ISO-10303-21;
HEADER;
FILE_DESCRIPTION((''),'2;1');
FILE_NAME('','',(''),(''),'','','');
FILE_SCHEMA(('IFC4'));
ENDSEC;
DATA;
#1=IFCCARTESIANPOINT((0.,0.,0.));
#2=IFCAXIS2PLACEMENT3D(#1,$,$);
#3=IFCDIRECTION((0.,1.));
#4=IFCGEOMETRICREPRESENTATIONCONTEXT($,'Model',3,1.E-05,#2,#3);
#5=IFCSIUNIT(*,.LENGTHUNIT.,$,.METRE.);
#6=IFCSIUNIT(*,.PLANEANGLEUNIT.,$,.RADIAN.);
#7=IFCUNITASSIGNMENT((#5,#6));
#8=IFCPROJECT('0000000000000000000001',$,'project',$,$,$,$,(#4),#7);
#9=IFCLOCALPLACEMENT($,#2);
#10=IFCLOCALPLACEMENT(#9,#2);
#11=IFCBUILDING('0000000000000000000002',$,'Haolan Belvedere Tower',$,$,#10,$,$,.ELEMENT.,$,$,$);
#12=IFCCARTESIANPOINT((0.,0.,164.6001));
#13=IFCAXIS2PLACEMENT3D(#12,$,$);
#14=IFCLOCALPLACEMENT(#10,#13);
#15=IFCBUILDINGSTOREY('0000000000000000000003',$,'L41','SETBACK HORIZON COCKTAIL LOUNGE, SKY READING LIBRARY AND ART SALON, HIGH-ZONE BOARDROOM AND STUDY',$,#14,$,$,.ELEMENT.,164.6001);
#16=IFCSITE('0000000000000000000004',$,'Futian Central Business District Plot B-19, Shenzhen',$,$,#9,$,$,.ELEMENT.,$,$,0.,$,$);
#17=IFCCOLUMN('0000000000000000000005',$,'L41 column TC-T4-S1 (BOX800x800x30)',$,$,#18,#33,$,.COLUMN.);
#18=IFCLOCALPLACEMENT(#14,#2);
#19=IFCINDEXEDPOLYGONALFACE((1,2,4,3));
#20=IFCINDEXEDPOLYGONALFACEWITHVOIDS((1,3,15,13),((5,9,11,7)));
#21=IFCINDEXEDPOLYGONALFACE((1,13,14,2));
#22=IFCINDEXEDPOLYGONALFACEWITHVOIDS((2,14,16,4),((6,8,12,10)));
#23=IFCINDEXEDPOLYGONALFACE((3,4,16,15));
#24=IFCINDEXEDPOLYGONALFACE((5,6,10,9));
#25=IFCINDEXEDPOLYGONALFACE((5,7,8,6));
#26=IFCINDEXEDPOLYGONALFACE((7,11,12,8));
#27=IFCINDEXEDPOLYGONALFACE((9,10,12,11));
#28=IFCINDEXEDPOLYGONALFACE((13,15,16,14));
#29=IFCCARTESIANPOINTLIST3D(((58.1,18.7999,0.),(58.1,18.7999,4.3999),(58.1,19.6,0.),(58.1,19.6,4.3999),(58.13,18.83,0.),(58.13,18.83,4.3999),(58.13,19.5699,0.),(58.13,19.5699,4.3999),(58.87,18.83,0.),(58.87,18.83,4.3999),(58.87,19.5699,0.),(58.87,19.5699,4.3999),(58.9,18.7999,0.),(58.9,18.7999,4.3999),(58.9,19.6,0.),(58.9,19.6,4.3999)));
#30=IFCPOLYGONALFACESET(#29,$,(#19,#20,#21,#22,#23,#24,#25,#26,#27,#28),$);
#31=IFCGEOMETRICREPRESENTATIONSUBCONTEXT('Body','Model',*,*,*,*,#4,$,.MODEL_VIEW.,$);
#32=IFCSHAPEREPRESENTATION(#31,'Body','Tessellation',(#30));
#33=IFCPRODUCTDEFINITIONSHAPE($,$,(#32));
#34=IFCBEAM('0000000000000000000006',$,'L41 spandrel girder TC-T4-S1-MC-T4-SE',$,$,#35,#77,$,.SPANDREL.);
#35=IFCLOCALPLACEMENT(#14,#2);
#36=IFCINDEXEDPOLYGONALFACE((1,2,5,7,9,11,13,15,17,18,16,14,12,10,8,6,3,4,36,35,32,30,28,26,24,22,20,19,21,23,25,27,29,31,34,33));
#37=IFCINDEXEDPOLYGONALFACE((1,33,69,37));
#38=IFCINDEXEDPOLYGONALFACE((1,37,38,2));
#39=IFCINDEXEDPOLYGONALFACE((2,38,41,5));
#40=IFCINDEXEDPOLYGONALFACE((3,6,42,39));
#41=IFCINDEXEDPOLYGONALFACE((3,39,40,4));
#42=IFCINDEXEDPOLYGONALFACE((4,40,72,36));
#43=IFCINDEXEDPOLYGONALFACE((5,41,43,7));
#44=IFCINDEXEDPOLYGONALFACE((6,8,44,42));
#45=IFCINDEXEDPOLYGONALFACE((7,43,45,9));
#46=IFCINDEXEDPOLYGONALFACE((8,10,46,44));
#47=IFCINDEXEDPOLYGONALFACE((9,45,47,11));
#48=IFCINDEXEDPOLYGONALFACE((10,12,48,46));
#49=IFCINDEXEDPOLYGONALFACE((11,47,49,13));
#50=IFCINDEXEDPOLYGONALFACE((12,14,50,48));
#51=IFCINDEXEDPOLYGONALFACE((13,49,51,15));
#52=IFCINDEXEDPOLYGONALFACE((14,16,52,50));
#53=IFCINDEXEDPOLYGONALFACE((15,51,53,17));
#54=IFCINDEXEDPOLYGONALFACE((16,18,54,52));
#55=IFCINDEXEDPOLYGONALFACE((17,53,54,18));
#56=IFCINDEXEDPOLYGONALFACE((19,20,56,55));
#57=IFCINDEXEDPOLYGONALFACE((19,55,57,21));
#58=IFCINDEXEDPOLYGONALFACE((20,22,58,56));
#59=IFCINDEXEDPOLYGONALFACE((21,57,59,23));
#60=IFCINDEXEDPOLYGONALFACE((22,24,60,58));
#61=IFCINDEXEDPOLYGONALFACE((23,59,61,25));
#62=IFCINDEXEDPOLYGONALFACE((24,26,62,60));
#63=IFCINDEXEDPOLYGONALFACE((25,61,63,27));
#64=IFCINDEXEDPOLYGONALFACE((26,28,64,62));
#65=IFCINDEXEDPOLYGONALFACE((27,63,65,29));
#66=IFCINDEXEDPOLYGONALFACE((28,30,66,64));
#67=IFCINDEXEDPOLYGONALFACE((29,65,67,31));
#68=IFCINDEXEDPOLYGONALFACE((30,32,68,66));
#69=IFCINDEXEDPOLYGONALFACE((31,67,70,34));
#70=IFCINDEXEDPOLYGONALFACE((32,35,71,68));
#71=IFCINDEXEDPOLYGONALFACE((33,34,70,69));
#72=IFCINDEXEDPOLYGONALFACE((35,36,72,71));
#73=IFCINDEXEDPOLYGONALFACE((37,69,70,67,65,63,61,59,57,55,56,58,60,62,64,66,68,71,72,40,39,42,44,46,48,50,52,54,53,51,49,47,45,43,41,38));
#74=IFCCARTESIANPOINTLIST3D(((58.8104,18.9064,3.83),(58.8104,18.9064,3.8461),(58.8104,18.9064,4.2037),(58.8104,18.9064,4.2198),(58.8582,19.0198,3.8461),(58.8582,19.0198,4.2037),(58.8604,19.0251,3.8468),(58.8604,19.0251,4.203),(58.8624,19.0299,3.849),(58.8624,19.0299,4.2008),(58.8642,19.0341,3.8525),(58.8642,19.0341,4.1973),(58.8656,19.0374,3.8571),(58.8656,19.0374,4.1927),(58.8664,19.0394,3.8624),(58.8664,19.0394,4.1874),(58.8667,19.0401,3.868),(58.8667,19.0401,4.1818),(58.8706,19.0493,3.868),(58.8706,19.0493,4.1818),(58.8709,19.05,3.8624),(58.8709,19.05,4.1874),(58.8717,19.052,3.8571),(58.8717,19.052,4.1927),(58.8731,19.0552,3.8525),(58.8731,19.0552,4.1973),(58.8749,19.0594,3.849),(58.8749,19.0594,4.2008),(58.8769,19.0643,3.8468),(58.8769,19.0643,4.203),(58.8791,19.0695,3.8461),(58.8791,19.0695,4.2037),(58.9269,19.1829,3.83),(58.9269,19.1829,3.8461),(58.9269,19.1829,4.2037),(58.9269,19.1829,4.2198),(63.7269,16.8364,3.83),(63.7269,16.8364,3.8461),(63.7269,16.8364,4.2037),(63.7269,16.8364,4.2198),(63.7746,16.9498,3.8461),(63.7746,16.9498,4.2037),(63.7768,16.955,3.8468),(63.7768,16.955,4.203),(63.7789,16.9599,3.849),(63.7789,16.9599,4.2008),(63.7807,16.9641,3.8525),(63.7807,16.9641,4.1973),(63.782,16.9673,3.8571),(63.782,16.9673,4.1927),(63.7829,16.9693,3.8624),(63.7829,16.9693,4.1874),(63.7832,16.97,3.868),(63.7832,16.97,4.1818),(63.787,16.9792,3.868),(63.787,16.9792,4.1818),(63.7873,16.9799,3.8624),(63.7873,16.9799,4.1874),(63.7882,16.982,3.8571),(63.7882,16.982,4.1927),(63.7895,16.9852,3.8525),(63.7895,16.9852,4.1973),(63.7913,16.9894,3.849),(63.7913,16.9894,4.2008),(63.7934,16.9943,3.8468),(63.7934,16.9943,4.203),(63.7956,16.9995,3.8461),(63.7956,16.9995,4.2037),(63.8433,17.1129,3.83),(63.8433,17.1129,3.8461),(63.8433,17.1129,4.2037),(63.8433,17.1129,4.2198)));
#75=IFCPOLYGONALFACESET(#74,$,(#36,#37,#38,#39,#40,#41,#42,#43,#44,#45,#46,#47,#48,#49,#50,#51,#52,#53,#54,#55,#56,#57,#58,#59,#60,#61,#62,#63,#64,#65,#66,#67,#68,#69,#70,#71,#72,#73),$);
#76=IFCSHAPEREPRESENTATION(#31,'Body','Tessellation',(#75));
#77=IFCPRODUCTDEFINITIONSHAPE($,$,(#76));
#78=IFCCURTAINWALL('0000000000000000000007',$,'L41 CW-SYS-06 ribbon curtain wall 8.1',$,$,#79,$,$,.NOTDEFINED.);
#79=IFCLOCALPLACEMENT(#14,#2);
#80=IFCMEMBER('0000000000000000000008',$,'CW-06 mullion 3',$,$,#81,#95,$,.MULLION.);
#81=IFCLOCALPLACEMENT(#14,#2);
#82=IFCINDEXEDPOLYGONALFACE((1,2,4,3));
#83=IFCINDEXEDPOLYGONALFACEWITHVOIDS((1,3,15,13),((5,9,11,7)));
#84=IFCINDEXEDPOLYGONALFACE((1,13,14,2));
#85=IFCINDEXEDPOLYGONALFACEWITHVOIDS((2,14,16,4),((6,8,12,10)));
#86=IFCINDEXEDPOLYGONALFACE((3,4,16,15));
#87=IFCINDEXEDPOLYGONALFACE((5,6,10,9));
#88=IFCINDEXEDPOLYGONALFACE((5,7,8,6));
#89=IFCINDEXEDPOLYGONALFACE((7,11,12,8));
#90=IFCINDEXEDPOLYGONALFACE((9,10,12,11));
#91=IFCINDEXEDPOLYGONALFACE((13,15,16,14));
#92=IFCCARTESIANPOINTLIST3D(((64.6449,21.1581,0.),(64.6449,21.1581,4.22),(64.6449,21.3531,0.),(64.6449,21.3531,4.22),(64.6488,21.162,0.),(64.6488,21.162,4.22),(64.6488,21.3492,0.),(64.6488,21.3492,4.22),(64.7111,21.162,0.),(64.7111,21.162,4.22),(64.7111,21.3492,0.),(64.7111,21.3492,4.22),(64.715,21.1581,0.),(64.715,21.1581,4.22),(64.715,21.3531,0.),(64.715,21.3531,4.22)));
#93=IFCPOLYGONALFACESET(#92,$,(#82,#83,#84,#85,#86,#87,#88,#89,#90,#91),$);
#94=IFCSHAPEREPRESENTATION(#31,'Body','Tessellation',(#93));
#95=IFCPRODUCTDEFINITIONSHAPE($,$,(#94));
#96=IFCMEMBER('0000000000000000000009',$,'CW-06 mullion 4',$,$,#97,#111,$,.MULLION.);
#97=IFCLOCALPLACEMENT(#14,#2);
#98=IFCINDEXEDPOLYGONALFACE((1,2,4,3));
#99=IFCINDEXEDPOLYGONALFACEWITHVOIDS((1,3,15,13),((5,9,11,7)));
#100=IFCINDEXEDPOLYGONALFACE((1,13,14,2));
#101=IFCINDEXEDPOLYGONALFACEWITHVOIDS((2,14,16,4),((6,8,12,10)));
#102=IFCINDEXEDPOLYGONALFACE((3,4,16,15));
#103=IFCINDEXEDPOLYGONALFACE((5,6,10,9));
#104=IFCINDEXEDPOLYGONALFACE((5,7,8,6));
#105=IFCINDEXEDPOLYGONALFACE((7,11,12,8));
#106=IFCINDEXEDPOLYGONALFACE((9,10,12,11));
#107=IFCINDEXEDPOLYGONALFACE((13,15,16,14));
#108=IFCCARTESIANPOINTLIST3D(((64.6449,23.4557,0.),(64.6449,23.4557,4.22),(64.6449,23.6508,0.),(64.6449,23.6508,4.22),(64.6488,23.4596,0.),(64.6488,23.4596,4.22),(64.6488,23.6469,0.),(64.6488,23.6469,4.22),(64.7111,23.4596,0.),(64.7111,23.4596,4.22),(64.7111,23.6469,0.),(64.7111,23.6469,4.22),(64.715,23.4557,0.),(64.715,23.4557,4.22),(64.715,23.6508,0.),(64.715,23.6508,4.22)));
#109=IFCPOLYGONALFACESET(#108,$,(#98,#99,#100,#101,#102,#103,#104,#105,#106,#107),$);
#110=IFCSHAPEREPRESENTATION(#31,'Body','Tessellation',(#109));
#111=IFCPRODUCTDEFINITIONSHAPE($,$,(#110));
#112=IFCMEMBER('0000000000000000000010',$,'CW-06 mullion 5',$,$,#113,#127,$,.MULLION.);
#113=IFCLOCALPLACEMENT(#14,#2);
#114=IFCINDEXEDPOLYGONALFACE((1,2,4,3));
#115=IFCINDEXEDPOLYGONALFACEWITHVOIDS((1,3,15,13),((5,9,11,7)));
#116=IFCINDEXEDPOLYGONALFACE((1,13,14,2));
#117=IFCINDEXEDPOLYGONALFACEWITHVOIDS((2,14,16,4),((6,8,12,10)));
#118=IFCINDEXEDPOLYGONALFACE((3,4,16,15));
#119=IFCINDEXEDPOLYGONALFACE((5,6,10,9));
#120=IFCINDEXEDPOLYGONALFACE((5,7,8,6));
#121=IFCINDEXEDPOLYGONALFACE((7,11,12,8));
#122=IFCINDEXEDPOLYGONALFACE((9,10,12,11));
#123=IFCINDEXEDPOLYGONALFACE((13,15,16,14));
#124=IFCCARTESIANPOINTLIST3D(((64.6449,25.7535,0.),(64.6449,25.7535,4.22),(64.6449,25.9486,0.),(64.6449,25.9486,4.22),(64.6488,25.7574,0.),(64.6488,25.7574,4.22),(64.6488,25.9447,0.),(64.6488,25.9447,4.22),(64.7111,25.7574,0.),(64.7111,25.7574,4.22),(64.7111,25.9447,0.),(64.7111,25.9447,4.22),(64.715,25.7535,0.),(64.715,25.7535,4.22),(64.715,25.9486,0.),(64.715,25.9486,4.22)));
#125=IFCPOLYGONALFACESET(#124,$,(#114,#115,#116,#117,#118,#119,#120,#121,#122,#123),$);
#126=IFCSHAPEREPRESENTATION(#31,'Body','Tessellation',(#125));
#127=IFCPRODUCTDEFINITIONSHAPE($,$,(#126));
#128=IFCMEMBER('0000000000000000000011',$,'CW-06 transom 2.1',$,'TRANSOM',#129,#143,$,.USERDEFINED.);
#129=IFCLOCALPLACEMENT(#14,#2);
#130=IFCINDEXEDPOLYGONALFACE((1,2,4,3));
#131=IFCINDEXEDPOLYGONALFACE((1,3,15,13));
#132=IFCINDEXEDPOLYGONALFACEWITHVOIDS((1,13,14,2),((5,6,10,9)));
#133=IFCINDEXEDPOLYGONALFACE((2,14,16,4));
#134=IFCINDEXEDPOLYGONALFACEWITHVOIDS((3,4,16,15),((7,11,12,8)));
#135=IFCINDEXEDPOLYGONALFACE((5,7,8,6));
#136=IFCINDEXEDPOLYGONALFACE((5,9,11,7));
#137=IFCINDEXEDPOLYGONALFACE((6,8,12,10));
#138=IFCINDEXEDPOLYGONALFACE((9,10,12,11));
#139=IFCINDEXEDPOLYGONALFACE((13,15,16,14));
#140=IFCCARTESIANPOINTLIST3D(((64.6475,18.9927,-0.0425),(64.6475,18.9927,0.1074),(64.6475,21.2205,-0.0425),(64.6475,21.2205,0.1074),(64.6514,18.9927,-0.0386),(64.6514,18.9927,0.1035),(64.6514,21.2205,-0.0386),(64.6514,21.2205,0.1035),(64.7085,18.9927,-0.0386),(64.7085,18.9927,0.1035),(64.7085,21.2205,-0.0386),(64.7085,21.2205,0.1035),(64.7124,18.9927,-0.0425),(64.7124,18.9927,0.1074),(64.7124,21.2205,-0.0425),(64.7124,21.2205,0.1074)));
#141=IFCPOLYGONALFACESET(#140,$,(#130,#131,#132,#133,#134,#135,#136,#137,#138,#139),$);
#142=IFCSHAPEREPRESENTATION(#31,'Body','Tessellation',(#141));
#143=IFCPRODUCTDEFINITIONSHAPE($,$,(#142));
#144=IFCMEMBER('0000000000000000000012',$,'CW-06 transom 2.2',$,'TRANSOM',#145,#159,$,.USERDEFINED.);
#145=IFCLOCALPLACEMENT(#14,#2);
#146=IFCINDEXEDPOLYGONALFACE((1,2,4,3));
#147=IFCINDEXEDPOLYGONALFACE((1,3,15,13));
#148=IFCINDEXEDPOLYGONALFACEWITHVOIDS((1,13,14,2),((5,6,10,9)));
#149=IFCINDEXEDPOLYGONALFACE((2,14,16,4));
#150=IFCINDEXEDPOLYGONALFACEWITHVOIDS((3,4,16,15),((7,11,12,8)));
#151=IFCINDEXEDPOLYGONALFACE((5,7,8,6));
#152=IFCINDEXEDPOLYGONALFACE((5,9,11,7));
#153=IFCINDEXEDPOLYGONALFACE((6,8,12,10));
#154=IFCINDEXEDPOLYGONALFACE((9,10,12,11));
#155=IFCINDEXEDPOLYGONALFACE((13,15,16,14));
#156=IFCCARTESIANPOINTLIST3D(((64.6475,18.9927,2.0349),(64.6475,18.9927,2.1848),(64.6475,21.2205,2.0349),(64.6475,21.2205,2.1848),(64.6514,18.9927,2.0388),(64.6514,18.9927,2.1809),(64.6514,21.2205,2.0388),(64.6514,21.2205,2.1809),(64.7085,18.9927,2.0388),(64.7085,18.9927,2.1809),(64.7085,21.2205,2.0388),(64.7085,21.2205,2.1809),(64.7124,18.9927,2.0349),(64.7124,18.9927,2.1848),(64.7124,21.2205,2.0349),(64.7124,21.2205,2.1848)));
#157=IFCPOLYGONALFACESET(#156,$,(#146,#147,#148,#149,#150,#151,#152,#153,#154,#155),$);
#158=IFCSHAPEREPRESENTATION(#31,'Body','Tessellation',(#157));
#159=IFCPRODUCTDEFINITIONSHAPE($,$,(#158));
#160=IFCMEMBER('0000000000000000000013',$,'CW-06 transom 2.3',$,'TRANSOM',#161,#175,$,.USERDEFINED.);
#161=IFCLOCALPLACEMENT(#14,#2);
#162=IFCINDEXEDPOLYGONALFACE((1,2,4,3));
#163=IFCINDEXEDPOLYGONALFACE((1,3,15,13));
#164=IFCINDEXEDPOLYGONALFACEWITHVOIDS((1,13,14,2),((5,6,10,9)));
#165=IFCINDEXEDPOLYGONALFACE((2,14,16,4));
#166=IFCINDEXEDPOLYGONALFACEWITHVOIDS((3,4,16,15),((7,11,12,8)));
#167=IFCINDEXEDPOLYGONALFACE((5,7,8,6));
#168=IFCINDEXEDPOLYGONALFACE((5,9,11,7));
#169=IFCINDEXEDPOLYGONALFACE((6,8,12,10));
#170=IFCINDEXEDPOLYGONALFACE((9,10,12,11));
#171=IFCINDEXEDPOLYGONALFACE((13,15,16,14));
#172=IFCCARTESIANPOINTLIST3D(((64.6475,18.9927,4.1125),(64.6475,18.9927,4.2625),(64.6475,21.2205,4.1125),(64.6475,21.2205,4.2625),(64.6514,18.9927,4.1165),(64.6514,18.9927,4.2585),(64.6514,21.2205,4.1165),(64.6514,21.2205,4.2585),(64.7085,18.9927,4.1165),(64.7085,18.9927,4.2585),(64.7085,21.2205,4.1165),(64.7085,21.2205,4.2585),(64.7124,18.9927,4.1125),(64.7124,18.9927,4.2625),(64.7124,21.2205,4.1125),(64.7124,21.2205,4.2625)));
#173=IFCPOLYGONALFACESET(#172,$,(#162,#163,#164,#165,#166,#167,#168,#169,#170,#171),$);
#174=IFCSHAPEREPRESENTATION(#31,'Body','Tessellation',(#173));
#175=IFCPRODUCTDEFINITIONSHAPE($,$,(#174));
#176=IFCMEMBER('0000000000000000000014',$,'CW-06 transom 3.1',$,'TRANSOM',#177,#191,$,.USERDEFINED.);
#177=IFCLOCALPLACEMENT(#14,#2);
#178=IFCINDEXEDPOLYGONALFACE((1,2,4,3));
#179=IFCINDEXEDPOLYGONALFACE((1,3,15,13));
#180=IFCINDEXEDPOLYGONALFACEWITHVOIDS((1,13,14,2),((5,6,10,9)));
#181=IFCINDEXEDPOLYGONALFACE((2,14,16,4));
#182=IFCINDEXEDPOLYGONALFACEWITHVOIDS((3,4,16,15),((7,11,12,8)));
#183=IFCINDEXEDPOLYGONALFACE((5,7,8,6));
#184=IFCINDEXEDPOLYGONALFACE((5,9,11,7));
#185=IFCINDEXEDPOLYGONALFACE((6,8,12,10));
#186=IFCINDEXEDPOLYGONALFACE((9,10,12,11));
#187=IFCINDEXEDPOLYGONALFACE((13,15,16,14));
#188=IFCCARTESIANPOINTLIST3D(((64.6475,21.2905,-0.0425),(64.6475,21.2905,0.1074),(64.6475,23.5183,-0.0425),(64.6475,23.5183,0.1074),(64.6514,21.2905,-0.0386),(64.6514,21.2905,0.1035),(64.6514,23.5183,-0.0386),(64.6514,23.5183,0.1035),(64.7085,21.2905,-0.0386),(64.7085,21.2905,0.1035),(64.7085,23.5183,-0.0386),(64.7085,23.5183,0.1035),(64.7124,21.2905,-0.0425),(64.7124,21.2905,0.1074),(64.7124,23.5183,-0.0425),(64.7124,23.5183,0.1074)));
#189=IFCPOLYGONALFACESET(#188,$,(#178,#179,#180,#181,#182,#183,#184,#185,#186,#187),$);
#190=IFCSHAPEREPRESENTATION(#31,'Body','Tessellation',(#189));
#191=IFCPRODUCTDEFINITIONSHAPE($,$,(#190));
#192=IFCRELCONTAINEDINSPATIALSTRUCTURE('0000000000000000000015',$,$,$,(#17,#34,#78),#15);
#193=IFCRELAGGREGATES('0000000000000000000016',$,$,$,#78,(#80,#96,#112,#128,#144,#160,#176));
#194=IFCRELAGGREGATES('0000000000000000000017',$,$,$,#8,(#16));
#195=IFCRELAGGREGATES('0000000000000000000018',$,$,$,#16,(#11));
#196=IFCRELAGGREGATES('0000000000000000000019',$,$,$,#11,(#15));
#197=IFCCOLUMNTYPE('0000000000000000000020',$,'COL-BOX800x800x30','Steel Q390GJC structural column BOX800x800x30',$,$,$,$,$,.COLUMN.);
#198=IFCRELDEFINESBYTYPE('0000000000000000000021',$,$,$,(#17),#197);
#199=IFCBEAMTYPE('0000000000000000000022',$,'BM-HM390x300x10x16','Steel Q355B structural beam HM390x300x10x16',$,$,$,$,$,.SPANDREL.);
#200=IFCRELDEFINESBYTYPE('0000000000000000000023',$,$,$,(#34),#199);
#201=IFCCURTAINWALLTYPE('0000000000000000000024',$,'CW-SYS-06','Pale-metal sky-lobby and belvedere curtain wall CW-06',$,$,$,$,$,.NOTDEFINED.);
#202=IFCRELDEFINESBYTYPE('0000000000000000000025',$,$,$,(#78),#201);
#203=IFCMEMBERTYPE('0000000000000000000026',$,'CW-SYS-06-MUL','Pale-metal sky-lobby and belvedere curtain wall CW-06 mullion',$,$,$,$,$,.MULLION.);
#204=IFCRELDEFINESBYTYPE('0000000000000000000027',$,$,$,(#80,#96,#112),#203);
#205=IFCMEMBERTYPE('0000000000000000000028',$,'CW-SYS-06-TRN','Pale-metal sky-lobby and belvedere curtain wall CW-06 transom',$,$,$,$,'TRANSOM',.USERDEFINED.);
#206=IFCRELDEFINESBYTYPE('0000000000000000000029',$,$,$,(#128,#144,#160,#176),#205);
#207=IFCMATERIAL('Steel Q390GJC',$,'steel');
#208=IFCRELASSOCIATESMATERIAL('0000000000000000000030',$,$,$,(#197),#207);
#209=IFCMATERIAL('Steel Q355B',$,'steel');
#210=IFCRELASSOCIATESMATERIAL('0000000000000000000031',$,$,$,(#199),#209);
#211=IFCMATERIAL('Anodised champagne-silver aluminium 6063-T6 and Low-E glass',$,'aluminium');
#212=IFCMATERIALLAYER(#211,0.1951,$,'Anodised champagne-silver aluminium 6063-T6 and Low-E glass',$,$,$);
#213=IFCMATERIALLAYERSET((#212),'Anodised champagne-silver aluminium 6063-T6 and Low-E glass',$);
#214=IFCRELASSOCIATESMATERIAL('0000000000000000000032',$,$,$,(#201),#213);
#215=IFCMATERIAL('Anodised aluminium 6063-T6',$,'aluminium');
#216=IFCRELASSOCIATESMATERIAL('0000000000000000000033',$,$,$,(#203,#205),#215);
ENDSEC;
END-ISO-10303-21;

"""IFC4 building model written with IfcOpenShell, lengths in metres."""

from ifc_helpers import new_model, si_unit, direction, frame, origin, origin_2d, place, context, subcontext, project, spatial, hollow_rectangle, i_section, extrude, material, layer, layer_set, material_profile, profile_set, type_object, element, aggregate, save


model = new_model("IFC4")

# Units and contexts
model_context = context("Model", 3, precision=1e-05, world=origin(), true_north=direction((0.0, 1.0)))
body_context = subcontext(model_context, "Body", "Model", "MODEL_VIEW")
ifc_project = project(units=[si_unit("LENGTHUNIT", "METRE"), si_unit("PLANEANGLEUNIT", "RADIAN")], contexts=[model_context])

# Site, building, storey
site_placement = place(None, origin())
site = spatial("IfcSite", under=ifc_project, at=site_placement, Name="Futian Central Business District Plot B-19, Shenzhen", CompositionType="ELEMENT", RefElevation=0.0)
building_placement = place(site_placement, origin())
building = spatial("IfcBuilding", under=site, at=building_placement, Name="Haolan Belvedere Tower", CompositionType="ELEMENT")
storey_placement = place(building_placement, frame((0.0, 0.0, 164.6001)))
storey = spatial("IfcBuildingStorey", under=building, at=storey_placement, Name="L41", Description="SETBACK HORIZON COCKTAIL LOUNGE, SKY READING LIBRARY AND ART SALON, HIGH-ZONE BOARDROOM AND STUDY", CompositionType="ELEMENT", Elevation=164.6001)

# Column
ifc_material_1 = material(Name="Steel Q390GJC", Category="steel")
ifc_material_profile_1 = material_profile(ifc_material_1, hollow_rectangle(XDim=0.8, YDim=0.8, WallThickness=0.03, at=origin_2d()), Name="Steel Q390GJC")
ifc_profile_set_1 = profile_set([ifc_material_profile_1], Name="Steel Q390GJC")
column_type = type_object("IfcColumnType", Name="COL-BOX800x800x30", Description="Steel Q390GJC structural column BOX800x800x30", PredefinedType="COLUMN", material=ifc_profile_set_1)
column_placement = place(storey_placement, frame((58.5, 19.2, 0.0), z_axis=(0.0, 0.0, 1.0), x_axis=(1.0, 0.0, 0.0)))
element("IfcColumn", 1, at=column_placement, inside=storey, type_object=column_type, Name="L41 column TC-T4-S1 (BOX800x800x30)", PredefinedType="COLUMN", context=body_context, shape_type="SweptSolid", body=[
    extrude(hollow_rectangle(XDim=0.8, YDim=0.8, WallThickness=0.03, at=origin_2d()), origin(), (0.0, 0.0, 1.0), 4.3999),
])

# Beam
ifc_material_2 = material(Name="Steel Q355B", Category="steel")
ifc_material_profile_2 = material_profile(ifc_material_2, i_section(OverallWidth=0.3, OverallDepth=0.3899, WebThickness=0.01, FlangeThickness=0.0161, FilletRadius=0.022, at=origin_2d()), Name="Steel Q355B")
ifc_profile_set_2 = profile_set([ifc_material_profile_2], Name="Steel Q355B")
beam_type = type_object("IfcBeamType", Name="BM-HM390x300x10x16", Description="Steel Q355B structural beam HM390x300x10x16", PredefinedType="SPANDREL", material=ifc_profile_set_2)
beam_placement = place(storey_placement, frame((58.8687, 19.0447, 4.0249), z_axis=(0.921638, -0.388051, 0.0), x_axis=(0.388051, 0.921638, 0.0)))
element("IfcBeam", 2, at=beam_placement, inside=storey, type_object=beam_type, Name="L41 spandrel girder TC-T4-S1-MC-T4-SE", PredefinedType="SPANDREL", context=body_context, shape_type="SweptSolid", body=[
    extrude(i_section(OverallWidth=0.3, OverallDepth=0.3899, WebThickness=0.01, FlangeThickness=0.0161, FilletRadius=0.022, at=origin_2d()), origin(), (0.0, 0.0, 1.0), 5.3345),
])

# Curtain wall, members
ifc_material_3 = material(Name="Anodised champagne-silver aluminium 6063-T6 and Low-E glass", Category="aluminium")
ifc_layer_1 = layer(ifc_material_3, 0.1951, Name="Anodised champagne-silver aluminium 6063-T6 and Low-E glass")
ifc_layer_set_1 = layer_set([ifc_layer_1], Name="Anodised champagne-silver aluminium 6063-T6 and Low-E glass")
curtain_wall_type = type_object("IfcCurtainWallType", Name="CW-SYS-06", Description="Pale-metal sky-lobby and belvedere curtain wall CW-06", PredefinedType="NOTDEFINED", material=ifc_layer_set_1)
curtain_wall_placement = place(storey_placement, origin())
curtain_wall = element("IfcCurtainWall", 3, at=curtain_wall_placement, inside=storey, type_object=curtain_wall_type, Name="L41 CW-SYS-06 ribbon curtain wall 8.1", PredefinedType="NOTDEFINED")
ifc_material_4 = material(Name="Anodised aluminium 6063-T6", Category="aluminium")
ifc_material_profile_3 = material_profile(ifc_material_4, hollow_rectangle(XDim=0.0701, YDim=0.1951, WallThickness=0.0039, at=origin_2d()), Name="Anodised aluminium 6063-T6")
ifc_profile_set_3 = profile_set([ifc_material_profile_3], Name="Anodised aluminium 6063-T6")
member_type_1 = type_object("IfcMemberType", Name="CW-SYS-06-MUL", Description="Pale-metal sky-lobby and belvedere curtain wall CW-06 mullion", PredefinedType="MULLION", material=ifc_profile_set_3)
member_1_placement = place(storey_placement, frame((64.6799, 21.2556, 0.0), z_axis=(0.0, 0.0, 1.0), x_axis=(-1.0, 0.0, 0.0)))
member_1 = element("IfcMember", 4, at=member_1_placement, type_object=member_type_1, Name="CW-06 mullion 3", PredefinedType="MULLION", context=body_context, shape_type="SweptSolid", body=[
    extrude(hollow_rectangle(XDim=0.0701, YDim=0.1951, WallThickness=0.0039, at=origin_2d()), origin(), (0.0, 0.0, 1.0), 4.22),
])
member_2_placement = place(storey_placement, frame((64.6799, 23.5532, 0.0), z_axis=(0.0, 0.0, 1.0), x_axis=(-1.0, 0.0, 0.0)))
member_2 = element("IfcMember", 5, at=member_2_placement, type_object=member_type_1, Name="CW-06 mullion 4", PredefinedType="MULLION", context=body_context, shape_type="SweptSolid", body=[
    extrude(hollow_rectangle(XDim=0.0701, YDim=0.1951, WallThickness=0.0039, at=origin_2d()), origin(), (0.0, 0.0, 1.0), 4.22),
])
member_3_placement = place(storey_placement, frame((64.6799, 25.8511, 0.0), z_axis=(0.0, 0.0, 1.0), x_axis=(-1.0, 0.0, 0.0)))
member_3 = element("IfcMember", 6, at=member_3_placement, type_object=member_type_1, Name="CW-06 mullion 5", PredefinedType="MULLION", context=body_context, shape_type="SweptSolid", body=[
    extrude(hollow_rectangle(XDim=0.0701, YDim=0.1951, WallThickness=0.0039, at=origin_2d()), origin(), (0.0, 0.0, 1.0), 4.22),
])
ifc_material_profile_4 = material_profile(ifc_material_4, hollow_rectangle(XDim=0.0649, YDim=0.1499, WallThickness=0.0039, at=origin_2d()), Name="Anodised aluminium 6063-T6")
ifc_profile_set_4 = profile_set([ifc_material_profile_4], Name="Anodised aluminium 6063-T6")
member_type_2 = type_object("IfcMemberType", Name="CW-SYS-06-TRN", Description="Pale-metal sky-lobby and belvedere curtain wall CW-06 transom", ElementType="TRANSOM", PredefinedType="USERDEFINED", material=ifc_profile_set_4)
member_4_placement = place(storey_placement, frame((64.6799, 18.9927, 0.0325), z_axis=(0.0, 1.0, 0.0), x_axis=(-1.0, 0.0, 0.0)))
member_4 = element("IfcMember", 7, at=member_4_placement, type_object=member_type_2, Name="CW-06 transom 2.1", ObjectType="TRANSOM", PredefinedType="USERDEFINED", context=body_context, shape_type="SweptSolid", body=[
    extrude(hollow_rectangle(XDim=0.0649, YDim=0.1499, WallThickness=0.0039, at=origin_2d()), origin(), (0.0, 0.0, 1.0), 2.2278),
])
member_5_placement = place(storey_placement, frame((64.6799, 18.9927, 2.1099), z_axis=(0.0, 1.0, 0.0), x_axis=(-1.0, 0.0, 0.0)))
member_5 = element("IfcMember", 8, at=member_5_placement, type_object=member_type_2, Name="CW-06 transom 2.2", ObjectType="TRANSOM", PredefinedType="USERDEFINED", context=body_context, shape_type="SweptSolid", body=[
    extrude(hollow_rectangle(XDim=0.0649, YDim=0.1499, WallThickness=0.0039, at=origin_2d()), origin(), (0.0, 0.0, 1.0), 2.2278),
])
member_6_placement = place(storey_placement, frame((64.6799, 18.9927, 4.1875), z_axis=(0.0, 1.0, 0.0), x_axis=(-1.0, 0.0, 0.0)))
member_6 = element("IfcMember", 9, at=member_6_placement, type_object=member_type_2, Name="CW-06 transom 2.3", ObjectType="TRANSOM", PredefinedType="USERDEFINED", context=body_context, shape_type="SweptSolid", body=[
    extrude(hollow_rectangle(XDim=0.0649, YDim=0.1499, WallThickness=0.0039, at=origin_2d()), origin(), (0.0, 0.0, 1.0), 2.2278),
])
member_7_placement = place(storey_placement, frame((64.6799, 21.2905, 0.0325), z_axis=(0.0, 1.0, 0.0), x_axis=(-1.0, 0.0, 0.0)))
member_7 = element("IfcMember", 10, at=member_7_placement, type_object=member_type_2, Name="CW-06 transom 3.1", ObjectType="TRANSOM", PredefinedType="USERDEFINED", context=body_context, shape_type="SweptSolid", body=[
    extrude(hollow_rectangle(XDim=0.0649, YDim=0.1499, WallThickness=0.0039, at=origin_2d()), origin(), (0.0, 0.0, 1.0), 2.2278),
])
aggregate(curtain_wall, [member_1, member_2, member_3, member_4, member_5, member_6, member_7])

save(model, "model.ifc")
